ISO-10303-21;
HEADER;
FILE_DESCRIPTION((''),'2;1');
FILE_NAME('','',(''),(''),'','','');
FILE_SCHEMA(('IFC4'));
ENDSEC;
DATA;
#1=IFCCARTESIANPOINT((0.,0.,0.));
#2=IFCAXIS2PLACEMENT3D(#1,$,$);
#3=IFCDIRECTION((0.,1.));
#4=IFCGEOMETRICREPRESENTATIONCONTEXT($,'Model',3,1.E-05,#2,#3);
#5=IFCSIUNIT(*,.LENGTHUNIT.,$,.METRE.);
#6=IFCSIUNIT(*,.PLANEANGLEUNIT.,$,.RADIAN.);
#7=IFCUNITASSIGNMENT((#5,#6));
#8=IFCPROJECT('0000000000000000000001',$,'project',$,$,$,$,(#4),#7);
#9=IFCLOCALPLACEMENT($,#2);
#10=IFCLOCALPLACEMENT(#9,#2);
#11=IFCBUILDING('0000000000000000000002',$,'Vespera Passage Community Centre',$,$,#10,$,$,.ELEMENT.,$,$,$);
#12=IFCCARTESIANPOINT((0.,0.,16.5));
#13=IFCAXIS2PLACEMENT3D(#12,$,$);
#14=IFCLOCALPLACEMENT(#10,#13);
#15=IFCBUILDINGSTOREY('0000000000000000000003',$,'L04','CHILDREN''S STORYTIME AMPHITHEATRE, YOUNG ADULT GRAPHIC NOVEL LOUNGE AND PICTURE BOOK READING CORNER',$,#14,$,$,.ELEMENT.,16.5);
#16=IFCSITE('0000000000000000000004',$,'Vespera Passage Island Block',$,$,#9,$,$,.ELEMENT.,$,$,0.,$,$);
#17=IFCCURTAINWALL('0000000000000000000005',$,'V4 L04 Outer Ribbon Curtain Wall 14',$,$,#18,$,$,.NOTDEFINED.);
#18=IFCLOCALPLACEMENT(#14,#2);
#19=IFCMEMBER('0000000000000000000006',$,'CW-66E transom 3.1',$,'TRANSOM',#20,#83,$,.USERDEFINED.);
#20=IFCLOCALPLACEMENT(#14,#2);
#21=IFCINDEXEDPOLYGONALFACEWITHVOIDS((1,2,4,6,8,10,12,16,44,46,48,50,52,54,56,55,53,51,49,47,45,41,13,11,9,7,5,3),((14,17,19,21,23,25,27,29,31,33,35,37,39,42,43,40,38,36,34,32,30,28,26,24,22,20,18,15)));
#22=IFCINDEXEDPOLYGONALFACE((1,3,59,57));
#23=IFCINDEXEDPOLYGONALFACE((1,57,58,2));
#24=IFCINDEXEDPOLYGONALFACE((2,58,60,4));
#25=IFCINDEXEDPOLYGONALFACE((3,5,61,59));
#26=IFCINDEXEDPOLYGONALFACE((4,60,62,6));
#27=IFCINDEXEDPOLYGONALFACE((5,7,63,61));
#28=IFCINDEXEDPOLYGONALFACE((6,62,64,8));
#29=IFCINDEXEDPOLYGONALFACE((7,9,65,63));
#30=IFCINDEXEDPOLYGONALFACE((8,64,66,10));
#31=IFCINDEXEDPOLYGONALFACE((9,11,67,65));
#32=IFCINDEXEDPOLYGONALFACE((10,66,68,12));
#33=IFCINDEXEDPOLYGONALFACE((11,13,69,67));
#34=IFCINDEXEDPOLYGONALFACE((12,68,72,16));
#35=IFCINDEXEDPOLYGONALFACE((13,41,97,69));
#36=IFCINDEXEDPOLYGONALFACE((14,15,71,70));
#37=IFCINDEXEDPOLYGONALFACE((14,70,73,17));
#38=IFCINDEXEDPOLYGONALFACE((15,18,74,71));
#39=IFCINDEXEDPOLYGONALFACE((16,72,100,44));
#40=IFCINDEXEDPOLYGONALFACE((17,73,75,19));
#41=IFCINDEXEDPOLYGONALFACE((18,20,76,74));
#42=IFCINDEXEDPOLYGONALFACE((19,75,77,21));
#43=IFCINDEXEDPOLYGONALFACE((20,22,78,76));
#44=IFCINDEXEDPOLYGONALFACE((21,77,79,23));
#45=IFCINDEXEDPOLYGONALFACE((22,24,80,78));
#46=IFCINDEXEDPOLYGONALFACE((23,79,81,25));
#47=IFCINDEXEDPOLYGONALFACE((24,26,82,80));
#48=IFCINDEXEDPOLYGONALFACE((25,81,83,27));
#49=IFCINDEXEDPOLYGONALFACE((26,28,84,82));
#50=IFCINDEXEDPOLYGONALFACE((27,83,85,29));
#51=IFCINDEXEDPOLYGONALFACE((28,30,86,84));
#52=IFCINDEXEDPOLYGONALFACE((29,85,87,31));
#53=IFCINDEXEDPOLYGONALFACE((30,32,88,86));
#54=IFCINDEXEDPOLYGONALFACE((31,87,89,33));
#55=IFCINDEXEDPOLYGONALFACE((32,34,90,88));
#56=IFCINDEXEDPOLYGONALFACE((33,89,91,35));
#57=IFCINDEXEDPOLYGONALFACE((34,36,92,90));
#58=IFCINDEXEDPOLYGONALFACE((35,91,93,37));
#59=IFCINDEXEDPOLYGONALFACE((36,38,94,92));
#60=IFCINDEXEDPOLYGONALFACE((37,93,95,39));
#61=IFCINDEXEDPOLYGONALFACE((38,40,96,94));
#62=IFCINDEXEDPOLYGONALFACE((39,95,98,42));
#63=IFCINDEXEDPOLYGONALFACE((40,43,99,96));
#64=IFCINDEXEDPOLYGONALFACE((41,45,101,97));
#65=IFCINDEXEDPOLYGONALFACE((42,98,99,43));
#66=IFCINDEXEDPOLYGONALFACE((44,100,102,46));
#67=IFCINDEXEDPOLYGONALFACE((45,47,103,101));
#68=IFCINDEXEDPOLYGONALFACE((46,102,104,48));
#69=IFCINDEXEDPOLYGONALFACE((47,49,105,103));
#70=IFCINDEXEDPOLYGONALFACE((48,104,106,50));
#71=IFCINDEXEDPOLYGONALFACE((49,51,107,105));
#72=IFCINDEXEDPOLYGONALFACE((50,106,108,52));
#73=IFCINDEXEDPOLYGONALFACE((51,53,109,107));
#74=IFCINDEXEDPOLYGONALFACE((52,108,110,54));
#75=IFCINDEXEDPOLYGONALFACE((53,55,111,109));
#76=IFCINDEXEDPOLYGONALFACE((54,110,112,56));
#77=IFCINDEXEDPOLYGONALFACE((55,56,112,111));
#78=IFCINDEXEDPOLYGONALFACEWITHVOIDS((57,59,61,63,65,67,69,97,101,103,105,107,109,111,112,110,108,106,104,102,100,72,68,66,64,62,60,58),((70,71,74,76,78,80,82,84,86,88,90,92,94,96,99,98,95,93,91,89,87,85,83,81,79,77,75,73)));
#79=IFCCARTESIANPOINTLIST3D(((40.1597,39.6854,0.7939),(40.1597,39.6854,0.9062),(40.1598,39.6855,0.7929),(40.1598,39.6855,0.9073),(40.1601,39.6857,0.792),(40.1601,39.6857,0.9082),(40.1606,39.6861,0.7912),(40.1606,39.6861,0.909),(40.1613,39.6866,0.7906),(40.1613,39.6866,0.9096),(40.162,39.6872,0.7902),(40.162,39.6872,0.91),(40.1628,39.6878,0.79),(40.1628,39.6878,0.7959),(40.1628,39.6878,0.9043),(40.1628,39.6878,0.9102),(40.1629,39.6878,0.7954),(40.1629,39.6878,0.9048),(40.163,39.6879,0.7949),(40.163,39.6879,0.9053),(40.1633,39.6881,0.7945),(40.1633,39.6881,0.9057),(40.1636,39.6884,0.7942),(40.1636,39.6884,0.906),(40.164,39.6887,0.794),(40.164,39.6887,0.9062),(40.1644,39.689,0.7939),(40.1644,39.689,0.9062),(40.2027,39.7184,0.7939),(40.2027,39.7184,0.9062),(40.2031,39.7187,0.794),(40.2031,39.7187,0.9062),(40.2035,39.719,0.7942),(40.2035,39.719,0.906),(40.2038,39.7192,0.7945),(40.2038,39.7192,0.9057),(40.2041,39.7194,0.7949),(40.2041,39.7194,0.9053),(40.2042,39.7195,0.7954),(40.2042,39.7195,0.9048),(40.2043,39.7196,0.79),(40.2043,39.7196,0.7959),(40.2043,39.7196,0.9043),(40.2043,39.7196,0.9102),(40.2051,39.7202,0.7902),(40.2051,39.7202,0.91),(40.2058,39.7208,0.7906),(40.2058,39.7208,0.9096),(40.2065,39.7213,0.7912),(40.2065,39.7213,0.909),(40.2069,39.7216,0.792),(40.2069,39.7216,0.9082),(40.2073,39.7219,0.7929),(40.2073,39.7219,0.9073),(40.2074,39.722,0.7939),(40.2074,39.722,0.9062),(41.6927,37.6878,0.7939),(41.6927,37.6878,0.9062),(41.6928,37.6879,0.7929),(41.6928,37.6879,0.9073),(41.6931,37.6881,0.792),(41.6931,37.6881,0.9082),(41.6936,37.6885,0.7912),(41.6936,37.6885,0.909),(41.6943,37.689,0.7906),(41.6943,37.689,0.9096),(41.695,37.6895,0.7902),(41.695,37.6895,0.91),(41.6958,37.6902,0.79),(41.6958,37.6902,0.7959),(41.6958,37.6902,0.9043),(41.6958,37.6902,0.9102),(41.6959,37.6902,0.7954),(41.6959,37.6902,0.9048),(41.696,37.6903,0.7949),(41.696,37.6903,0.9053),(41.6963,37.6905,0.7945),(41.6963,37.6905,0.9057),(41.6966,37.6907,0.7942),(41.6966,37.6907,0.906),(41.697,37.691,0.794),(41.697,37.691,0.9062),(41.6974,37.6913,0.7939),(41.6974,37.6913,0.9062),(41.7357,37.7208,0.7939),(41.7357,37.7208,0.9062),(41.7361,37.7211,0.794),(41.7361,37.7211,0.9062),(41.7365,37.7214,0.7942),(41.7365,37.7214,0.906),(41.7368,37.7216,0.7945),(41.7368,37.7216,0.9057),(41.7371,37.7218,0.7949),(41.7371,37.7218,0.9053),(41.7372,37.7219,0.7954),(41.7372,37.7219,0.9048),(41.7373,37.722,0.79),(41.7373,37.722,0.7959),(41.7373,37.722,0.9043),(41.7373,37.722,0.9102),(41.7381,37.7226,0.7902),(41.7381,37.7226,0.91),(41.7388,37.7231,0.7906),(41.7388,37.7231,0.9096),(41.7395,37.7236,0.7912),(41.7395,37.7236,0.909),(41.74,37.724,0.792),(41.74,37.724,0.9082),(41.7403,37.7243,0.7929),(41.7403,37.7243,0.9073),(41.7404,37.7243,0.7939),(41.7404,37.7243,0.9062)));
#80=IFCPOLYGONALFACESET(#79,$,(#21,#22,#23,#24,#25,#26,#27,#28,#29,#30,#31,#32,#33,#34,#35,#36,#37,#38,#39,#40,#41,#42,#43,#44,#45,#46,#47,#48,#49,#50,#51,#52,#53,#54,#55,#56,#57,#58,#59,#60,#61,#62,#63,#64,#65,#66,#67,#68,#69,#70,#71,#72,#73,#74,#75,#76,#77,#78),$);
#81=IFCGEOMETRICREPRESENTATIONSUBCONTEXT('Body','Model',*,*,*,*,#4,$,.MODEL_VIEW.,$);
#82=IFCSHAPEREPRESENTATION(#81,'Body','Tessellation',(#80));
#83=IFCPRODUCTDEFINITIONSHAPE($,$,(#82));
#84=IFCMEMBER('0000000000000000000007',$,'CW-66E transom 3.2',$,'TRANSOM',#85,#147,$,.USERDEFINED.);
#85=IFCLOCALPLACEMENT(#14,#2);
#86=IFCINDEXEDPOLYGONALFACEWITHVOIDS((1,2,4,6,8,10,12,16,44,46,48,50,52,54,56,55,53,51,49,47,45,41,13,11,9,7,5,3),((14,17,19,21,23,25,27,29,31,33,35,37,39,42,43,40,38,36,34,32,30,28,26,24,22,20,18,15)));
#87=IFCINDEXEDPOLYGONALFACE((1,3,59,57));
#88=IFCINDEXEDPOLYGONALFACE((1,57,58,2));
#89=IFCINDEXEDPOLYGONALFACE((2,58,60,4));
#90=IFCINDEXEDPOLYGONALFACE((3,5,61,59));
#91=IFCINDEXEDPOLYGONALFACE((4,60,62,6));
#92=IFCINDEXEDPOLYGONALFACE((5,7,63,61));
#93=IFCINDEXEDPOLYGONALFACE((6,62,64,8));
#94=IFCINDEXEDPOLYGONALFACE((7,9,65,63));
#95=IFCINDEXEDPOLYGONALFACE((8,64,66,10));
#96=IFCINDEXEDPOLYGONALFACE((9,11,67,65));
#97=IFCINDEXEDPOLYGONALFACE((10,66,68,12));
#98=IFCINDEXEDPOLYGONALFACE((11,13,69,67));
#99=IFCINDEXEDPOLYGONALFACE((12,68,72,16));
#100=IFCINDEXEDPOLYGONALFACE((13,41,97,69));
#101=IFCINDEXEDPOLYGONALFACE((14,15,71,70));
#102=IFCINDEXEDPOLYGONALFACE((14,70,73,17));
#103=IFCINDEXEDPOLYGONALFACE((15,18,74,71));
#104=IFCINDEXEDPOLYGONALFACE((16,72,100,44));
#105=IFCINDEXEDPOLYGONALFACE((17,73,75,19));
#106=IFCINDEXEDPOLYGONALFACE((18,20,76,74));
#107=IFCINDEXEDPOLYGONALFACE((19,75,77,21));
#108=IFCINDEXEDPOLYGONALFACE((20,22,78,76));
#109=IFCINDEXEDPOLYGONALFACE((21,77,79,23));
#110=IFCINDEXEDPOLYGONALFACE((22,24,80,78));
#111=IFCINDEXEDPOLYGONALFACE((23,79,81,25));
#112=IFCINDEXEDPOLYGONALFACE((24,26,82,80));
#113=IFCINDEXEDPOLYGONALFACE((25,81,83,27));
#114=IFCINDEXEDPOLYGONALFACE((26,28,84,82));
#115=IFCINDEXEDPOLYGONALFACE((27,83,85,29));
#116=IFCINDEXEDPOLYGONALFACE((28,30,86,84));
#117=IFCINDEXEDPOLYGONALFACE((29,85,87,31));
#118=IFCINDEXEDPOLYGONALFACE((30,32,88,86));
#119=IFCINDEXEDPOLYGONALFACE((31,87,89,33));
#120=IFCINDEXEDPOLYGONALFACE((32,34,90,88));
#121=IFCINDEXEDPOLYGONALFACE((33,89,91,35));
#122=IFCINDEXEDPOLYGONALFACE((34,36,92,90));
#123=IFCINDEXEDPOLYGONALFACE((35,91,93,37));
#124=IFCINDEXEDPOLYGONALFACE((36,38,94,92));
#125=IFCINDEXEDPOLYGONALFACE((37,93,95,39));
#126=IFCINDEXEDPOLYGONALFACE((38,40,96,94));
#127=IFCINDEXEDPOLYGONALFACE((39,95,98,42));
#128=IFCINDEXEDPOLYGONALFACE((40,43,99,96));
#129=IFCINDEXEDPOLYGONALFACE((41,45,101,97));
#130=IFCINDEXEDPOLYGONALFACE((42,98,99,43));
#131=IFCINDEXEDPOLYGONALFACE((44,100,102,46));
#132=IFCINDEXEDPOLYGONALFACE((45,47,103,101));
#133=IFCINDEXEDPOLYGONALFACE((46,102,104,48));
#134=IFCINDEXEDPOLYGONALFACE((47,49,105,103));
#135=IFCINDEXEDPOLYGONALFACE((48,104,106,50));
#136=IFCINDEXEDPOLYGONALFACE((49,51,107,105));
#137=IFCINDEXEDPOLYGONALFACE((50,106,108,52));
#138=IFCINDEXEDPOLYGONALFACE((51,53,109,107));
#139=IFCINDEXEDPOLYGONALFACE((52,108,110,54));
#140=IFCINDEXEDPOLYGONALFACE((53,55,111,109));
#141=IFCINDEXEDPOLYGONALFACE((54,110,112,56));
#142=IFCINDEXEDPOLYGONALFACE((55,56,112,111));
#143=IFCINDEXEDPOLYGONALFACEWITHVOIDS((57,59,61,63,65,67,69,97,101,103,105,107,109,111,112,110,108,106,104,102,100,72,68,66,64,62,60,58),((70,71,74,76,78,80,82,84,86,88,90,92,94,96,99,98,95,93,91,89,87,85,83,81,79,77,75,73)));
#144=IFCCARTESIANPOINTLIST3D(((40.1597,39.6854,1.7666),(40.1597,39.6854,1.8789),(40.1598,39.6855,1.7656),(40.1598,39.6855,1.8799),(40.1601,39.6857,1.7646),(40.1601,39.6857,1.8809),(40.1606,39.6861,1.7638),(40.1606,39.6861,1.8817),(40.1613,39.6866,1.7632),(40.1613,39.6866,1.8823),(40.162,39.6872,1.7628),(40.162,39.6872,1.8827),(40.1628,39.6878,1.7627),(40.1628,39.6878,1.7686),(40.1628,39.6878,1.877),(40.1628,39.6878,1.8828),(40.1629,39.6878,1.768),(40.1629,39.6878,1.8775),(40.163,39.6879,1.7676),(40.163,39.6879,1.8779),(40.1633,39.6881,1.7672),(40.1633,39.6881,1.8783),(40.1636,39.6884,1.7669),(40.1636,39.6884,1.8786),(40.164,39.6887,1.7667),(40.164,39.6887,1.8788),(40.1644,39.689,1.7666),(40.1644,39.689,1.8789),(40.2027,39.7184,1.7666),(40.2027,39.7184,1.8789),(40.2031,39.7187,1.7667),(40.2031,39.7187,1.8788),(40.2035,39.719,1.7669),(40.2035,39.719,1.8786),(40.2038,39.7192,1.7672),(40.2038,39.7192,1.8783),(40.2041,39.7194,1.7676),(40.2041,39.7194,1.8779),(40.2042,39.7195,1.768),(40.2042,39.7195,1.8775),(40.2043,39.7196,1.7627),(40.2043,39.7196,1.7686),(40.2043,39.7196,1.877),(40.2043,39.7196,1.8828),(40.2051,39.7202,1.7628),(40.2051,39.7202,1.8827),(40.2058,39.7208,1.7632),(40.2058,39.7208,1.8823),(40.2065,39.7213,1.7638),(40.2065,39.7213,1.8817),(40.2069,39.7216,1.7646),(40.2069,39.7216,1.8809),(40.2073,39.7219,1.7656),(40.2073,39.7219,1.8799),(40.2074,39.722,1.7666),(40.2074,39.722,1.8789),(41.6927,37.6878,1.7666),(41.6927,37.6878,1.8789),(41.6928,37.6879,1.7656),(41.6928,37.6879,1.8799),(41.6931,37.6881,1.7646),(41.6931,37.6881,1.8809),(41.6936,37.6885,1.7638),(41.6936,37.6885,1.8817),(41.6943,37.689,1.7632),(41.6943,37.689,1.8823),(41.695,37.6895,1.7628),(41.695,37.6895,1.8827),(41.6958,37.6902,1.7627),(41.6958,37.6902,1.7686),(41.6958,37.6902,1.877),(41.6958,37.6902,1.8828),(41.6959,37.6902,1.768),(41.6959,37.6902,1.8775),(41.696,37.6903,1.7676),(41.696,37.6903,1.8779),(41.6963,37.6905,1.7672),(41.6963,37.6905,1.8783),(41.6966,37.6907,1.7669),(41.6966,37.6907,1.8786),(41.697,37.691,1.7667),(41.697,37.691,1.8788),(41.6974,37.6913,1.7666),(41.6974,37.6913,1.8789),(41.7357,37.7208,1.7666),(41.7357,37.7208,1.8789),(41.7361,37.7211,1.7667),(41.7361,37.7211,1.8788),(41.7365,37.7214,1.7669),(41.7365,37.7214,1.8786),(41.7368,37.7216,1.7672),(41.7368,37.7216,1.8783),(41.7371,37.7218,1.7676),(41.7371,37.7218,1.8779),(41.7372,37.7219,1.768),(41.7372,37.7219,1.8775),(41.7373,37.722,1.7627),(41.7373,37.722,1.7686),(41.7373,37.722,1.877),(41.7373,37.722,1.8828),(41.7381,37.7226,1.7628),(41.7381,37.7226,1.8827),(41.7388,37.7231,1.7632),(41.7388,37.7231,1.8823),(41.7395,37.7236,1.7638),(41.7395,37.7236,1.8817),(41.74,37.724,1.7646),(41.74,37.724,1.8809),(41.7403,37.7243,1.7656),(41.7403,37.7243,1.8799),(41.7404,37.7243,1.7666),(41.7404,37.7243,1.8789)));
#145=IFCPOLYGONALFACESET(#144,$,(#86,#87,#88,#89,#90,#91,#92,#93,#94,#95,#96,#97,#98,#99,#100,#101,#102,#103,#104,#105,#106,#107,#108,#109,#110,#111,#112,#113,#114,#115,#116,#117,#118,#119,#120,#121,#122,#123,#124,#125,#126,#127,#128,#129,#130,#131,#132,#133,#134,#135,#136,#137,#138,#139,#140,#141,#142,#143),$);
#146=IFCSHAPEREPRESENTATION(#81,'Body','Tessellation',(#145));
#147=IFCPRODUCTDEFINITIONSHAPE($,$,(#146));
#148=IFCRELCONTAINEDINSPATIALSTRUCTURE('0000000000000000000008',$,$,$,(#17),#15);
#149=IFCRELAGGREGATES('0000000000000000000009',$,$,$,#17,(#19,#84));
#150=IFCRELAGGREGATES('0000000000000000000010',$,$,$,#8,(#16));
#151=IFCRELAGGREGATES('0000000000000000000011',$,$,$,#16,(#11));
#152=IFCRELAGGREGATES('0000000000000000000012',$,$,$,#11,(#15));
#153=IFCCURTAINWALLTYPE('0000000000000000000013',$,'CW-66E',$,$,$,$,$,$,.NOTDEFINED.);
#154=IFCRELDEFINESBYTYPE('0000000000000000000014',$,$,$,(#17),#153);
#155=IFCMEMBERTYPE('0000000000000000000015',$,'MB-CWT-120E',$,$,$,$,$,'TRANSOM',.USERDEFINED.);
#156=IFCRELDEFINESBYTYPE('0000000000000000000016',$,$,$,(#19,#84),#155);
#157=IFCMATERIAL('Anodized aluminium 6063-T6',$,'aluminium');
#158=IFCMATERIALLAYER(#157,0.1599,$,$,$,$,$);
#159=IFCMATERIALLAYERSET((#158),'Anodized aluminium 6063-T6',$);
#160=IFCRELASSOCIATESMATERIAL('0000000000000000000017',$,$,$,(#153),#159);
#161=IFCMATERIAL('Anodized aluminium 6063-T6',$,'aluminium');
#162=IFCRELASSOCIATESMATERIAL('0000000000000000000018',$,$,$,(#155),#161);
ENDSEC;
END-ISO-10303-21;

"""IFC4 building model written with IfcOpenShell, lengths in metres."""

from ifc_helpers import new_model, si_unit, direction, frame, origin, origin_2d, place, context, subcontext, project, spatial, hollow_rectangle, extrude, material, layer, layer_set, material_profile, profile_set, type_object, element, aggregate, save


model = new_model("IFC4")

# Units and contexts
model_context = context("Model", 3, precision=1e-05, world=origin(), true_north=direction((0.0, 1.0)))
body_context = subcontext(model_context, "Body", "Model", "MODEL_VIEW")
ifc_project = project(units=[si_unit("LENGTHUNIT", "METRE"), si_unit("PLANEANGLEUNIT", "RADIAN")], contexts=[model_context])

# Site, building, storey
site_placement = place(None, origin())
site = spatial("IfcSite", under=ifc_project, at=site_placement, Name="Vespera Passage Island Block", CompositionType="ELEMENT", RefElevation=0.0)
building_placement = place(site_placement, origin())
building = spatial("IfcBuilding", under=site, at=building_placement, Name="Vespera Passage Community Centre", CompositionType="ELEMENT")
storey_placement = place(building_placement, frame((0.0, 0.0, 16.5)))
storey = spatial("IfcBuildingStorey", under=building, at=storey_placement, Name="L04", Description="CHILDREN'S STORYTIME AMPHITHEATRE, YOUNG ADULT GRAPHIC NOVEL LOUNGE AND PICTURE BOOK READING CORNER", CompositionType="ELEMENT", Elevation=16.5)

# Curtain wall, members
ifc_material_1 = material(Name="Anodized aluminium 6063-T6", Category="aluminium")
ifc_layer_1 = layer(ifc_material_1, 0.1599)
ifc_layer_set_1 = layer_set([ifc_layer_1], Name="Anodized aluminium 6063-T6")
curtain_wall_type = type_object("IfcCurtainWallType", Name="CW-66E", PredefinedType="NOTDEFINED", material=ifc_layer_set_1)
curtain_wall_placement = place(storey_placement, origin())
curtain_wall = element("IfcCurtainWall", 1, at=curtain_wall_placement, inside=storey, type_object=curtain_wall_type, Name="V4 L04 Outer Ribbon Curtain Wall 14", PredefinedType="NOTDEFINED")
ifc_material_2 = material(Name="Anodized aluminium 6063-T6", Category="aluminium")
ifc_material_profile_1 = material_profile(ifc_material_2, hollow_rectangle(XDim=0.0601, YDim=0.1201, WallThickness=0.0039, InnerFilletRadius=0.002, OuterFilletRadius=0.0039, at=origin_2d()), Name="ALU120X60X4")
ifc_profile_set_1 = profile_set([ifc_material_profile_1], Name="Anodized aluminium 6063-T6")
member_type_1 = type_object("IfcMemberType", Name="MB-CWT-120E", ElementType="TRANSOM", PredefinedType="USERDEFINED", material=ifc_profile_set_1)
member_1_placement = place(storey_placement, frame((41.7166, 37.7061, 0.8501), z_axis=(-0.608806, 0.793319, 0.0), x_axis=(-0.793319, -0.608806, 0.0)))
member_1 = element("IfcMember", 2, at=member_1_placement, type_object=member_type_1, Name="CW-66E transom 3.1", ObjectType="TRANSOM", PredefinedType="USERDEFINED", context=body_context, shape_type="SweptSolid", body=[
    extrude(hollow_rectangle(XDim=0.0601, YDim=0.1201, WallThickness=0.0039, InnerFilletRadius=0.002, OuterFilletRadius=0.0039, at=origin_2d()), origin(), (0.0, 0.0, 1.0), 2.5181),
])
member_2_placement = place(storey_placement, frame((41.7166, 37.7061, 1.8228), z_axis=(-0.608806, 0.793319, 0.0), x_axis=(-0.793319, -0.608806, 0.0)))
member_2 = element("IfcMember", 3, at=member_2_placement, type_object=member_type_1, Name="CW-66E transom 3.2", ObjectType="TRANSOM", PredefinedType="USERDEFINED", context=body_context, shape_type="SweptSolid", body=[
    extrude(hollow_rectangle(XDim=0.0601, YDim=0.1201, WallThickness=0.0039, InnerFilletRadius=0.002, OuterFilletRadius=0.0039, at=origin_2d()), origin(), (0.0, 0.0, 1.0), 2.5181),
])
aggregate(curtain_wall, [member_1, member_2])

save(model, "model.ifc")
